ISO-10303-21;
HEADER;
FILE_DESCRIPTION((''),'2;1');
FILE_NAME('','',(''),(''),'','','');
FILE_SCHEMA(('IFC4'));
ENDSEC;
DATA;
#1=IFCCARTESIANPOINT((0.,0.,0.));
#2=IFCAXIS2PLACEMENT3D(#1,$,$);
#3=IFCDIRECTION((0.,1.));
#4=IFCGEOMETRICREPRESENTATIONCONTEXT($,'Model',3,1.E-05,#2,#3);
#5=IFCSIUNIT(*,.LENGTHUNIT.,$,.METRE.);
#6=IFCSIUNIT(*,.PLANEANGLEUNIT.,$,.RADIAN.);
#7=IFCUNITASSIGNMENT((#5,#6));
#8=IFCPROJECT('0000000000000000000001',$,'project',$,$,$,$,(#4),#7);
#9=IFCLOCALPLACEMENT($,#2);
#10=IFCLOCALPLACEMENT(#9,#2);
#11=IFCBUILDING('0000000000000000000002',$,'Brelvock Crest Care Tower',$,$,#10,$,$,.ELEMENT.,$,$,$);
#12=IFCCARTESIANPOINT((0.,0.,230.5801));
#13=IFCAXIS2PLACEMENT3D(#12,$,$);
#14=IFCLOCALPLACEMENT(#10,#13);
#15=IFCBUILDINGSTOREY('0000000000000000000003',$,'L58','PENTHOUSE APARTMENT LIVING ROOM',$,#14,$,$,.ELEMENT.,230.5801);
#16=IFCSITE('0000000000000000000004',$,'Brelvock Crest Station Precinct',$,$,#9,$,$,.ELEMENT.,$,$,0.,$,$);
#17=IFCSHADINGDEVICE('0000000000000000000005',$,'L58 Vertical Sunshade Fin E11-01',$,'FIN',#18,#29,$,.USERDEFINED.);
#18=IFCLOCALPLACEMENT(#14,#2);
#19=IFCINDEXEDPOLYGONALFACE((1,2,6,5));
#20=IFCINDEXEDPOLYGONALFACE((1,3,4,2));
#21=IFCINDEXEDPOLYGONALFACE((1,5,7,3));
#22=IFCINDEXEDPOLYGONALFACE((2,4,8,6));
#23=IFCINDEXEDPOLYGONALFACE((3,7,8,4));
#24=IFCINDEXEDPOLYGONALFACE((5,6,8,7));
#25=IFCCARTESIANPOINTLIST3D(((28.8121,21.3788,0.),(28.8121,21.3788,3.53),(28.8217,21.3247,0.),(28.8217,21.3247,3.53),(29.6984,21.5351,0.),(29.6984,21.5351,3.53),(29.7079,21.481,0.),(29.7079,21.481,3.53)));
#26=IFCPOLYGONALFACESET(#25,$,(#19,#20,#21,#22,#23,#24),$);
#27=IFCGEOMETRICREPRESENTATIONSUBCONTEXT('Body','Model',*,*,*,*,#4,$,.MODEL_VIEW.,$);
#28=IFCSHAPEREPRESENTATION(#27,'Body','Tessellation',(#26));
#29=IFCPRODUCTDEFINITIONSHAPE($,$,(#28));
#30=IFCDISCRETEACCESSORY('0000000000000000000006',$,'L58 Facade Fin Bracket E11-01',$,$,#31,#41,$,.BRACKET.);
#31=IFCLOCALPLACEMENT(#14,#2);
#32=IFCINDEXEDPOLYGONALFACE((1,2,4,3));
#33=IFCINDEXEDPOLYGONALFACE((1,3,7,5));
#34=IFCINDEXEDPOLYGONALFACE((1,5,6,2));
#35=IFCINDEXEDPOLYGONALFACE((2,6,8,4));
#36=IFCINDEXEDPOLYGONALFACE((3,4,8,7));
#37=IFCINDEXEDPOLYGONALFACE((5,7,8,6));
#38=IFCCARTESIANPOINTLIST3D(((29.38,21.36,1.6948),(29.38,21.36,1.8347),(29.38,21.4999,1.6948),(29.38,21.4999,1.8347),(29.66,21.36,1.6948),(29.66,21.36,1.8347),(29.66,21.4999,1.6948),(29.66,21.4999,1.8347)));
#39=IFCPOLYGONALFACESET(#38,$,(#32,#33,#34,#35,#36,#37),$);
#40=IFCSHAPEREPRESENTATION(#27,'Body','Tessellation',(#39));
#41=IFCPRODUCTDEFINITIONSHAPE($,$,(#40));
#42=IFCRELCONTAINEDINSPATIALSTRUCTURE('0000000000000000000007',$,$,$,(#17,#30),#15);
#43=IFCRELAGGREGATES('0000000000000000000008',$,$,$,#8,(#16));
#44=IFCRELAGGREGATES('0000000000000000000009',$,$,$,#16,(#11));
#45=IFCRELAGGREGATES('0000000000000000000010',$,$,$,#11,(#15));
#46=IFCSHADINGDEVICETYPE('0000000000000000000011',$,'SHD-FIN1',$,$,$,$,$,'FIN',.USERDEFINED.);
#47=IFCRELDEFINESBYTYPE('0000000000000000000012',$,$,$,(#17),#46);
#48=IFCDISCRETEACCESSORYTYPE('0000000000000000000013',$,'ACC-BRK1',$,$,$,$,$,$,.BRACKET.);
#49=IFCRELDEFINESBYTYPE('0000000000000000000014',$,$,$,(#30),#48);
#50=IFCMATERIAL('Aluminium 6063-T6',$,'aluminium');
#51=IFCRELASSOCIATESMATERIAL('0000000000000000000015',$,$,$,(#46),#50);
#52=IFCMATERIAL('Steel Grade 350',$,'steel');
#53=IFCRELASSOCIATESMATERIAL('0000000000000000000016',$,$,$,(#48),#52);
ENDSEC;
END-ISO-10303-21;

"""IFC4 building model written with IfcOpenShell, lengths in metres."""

from ifc_helpers import new_model, si_unit, direction, frame, origin, origin_2d, place, context, subcontext, project, spatial, rectangle, extrude, source, transform, mapped, material, material_profile, profile_set, type_object, element, save


model = new_model("IFC4")

# Units and contexts
model_context = context("Model", 3, precision=1e-05, world=origin(), true_north=direction((0.0, 1.0)))
body_context = subcontext(model_context, "Body", "Model", "MODEL_VIEW")
ifc_project = project(units=[si_unit("LENGTHUNIT", "METRE"), si_unit("PLANEANGLEUNIT", "RADIAN")], contexts=[model_context])

# Site, building, storey
site_placement = place(None, origin())
site = spatial("IfcSite", under=ifc_project, at=site_placement, Name="Brelvock Crest Station Precinct", CompositionType="ELEMENT", RefElevation=0.0)
building_placement = place(site_placement, origin())
building = spatial("IfcBuilding", under=site, at=building_placement, Name="Brelvock Crest Care Tower", CompositionType="ELEMENT")
storey_placement = place(building_placement, frame((0.0, 0.0, 230.5801)))
storey = spatial("IfcBuildingStorey", under=building, at=storey_placement, Name="L58", Description="PENTHOUSE APARTMENT LIVING ROOM", CompositionType="ELEMENT", Elevation=230.5801)

# Shared definitions
ifc_material_1 = material(Name="Steel Grade 350", Category="steel")

# Shared definitions
ifc_material_2 = material(Name="Aluminium 6063-T6", Category="aluminium")

# Shading device
ifc_material_profile_1 = material_profile(ifc_material_2, rectangle(XDim=0.0549, YDim=0.8999, at=origin_2d()), Name="FIN55x900")
ifc_profile_set_1 = profile_set([ifc_material_profile_1], Name="Aluminium 6063-T6")
shading_device_type = type_object("IfcShadingDeviceType", Name="SHD-FIN1", ElementType="FIN", PredefinedType="USERDEFINED", material=ifc_profile_set_1)
shared_shape_1 = source(origin(), body_context, "Body", "SweptSolid", [
    extrude(rectangle(XDim=0.0549, YDim=0.8999, at=origin_2d()), origin(), (0.0, 0.0, 1.0), 3.53),
])
shading_device_placement = place(storey_placement, frame((29.26, 21.4299, 0.0), z_axis=(0.0, 0.0, 1.0), x_axis=(-0.173648, 0.984808, 0.0)))
element("IfcShadingDevice", 1, at=shading_device_placement, inside=storey, type_object=shading_device_type, Name="L58 Vertical Sunshade Fin E11-01", ObjectType="FIN", PredefinedType="USERDEFINED", context=body_context, shape_type="MappedRepresentation", body=[
    mapped(shared_shape_1, transform((0.0, 0.0, 0.0), x_axis=(1.0, 0.0, 0.0), y_axis=(0.0, 1.0, 0.0), z_axis=(0.0, 0.0, 1.0), scale=1.0)),
])

# Discrete accessory
discrete_accessory_type = type_object("IfcDiscreteAccessoryType", Name="ACC-BRK1", PredefinedType="BRACKET", material=ifc_material_1)
shared_shape_2 = source(origin(), body_context, "Body", "SweptSolid", [
    extrude(rectangle(XDim=0.28, YDim=0.1399, at=origin_2d()), origin(), (0.0, 0.0, 1.0), 0.1399),
])
discrete_accessory_placement = place(storey_placement, frame((29.52, 21.4299, 1.6948), z_axis=(0.0, 0.0, 1.0), x_axis=(-1.0, 0.0, 0.0)))
element("IfcDiscreteAccessory", 2, at=discrete_accessory_placement, inside=storey, type_object=discrete_accessory_type, Name="L58 Facade Fin Bracket E11-01", PredefinedType="BRACKET", context=body_context, shape_type="MappedRepresentation", body=[
    mapped(shared_shape_2, transform((0.0, 0.0, 0.0), x_axis=(1.0, 0.0, 0.0), y_axis=(0.0, 1.0, 0.0), z_axis=(0.0, 0.0, 1.0), scale=1.0)),
])

save(model, "model.ifc")
